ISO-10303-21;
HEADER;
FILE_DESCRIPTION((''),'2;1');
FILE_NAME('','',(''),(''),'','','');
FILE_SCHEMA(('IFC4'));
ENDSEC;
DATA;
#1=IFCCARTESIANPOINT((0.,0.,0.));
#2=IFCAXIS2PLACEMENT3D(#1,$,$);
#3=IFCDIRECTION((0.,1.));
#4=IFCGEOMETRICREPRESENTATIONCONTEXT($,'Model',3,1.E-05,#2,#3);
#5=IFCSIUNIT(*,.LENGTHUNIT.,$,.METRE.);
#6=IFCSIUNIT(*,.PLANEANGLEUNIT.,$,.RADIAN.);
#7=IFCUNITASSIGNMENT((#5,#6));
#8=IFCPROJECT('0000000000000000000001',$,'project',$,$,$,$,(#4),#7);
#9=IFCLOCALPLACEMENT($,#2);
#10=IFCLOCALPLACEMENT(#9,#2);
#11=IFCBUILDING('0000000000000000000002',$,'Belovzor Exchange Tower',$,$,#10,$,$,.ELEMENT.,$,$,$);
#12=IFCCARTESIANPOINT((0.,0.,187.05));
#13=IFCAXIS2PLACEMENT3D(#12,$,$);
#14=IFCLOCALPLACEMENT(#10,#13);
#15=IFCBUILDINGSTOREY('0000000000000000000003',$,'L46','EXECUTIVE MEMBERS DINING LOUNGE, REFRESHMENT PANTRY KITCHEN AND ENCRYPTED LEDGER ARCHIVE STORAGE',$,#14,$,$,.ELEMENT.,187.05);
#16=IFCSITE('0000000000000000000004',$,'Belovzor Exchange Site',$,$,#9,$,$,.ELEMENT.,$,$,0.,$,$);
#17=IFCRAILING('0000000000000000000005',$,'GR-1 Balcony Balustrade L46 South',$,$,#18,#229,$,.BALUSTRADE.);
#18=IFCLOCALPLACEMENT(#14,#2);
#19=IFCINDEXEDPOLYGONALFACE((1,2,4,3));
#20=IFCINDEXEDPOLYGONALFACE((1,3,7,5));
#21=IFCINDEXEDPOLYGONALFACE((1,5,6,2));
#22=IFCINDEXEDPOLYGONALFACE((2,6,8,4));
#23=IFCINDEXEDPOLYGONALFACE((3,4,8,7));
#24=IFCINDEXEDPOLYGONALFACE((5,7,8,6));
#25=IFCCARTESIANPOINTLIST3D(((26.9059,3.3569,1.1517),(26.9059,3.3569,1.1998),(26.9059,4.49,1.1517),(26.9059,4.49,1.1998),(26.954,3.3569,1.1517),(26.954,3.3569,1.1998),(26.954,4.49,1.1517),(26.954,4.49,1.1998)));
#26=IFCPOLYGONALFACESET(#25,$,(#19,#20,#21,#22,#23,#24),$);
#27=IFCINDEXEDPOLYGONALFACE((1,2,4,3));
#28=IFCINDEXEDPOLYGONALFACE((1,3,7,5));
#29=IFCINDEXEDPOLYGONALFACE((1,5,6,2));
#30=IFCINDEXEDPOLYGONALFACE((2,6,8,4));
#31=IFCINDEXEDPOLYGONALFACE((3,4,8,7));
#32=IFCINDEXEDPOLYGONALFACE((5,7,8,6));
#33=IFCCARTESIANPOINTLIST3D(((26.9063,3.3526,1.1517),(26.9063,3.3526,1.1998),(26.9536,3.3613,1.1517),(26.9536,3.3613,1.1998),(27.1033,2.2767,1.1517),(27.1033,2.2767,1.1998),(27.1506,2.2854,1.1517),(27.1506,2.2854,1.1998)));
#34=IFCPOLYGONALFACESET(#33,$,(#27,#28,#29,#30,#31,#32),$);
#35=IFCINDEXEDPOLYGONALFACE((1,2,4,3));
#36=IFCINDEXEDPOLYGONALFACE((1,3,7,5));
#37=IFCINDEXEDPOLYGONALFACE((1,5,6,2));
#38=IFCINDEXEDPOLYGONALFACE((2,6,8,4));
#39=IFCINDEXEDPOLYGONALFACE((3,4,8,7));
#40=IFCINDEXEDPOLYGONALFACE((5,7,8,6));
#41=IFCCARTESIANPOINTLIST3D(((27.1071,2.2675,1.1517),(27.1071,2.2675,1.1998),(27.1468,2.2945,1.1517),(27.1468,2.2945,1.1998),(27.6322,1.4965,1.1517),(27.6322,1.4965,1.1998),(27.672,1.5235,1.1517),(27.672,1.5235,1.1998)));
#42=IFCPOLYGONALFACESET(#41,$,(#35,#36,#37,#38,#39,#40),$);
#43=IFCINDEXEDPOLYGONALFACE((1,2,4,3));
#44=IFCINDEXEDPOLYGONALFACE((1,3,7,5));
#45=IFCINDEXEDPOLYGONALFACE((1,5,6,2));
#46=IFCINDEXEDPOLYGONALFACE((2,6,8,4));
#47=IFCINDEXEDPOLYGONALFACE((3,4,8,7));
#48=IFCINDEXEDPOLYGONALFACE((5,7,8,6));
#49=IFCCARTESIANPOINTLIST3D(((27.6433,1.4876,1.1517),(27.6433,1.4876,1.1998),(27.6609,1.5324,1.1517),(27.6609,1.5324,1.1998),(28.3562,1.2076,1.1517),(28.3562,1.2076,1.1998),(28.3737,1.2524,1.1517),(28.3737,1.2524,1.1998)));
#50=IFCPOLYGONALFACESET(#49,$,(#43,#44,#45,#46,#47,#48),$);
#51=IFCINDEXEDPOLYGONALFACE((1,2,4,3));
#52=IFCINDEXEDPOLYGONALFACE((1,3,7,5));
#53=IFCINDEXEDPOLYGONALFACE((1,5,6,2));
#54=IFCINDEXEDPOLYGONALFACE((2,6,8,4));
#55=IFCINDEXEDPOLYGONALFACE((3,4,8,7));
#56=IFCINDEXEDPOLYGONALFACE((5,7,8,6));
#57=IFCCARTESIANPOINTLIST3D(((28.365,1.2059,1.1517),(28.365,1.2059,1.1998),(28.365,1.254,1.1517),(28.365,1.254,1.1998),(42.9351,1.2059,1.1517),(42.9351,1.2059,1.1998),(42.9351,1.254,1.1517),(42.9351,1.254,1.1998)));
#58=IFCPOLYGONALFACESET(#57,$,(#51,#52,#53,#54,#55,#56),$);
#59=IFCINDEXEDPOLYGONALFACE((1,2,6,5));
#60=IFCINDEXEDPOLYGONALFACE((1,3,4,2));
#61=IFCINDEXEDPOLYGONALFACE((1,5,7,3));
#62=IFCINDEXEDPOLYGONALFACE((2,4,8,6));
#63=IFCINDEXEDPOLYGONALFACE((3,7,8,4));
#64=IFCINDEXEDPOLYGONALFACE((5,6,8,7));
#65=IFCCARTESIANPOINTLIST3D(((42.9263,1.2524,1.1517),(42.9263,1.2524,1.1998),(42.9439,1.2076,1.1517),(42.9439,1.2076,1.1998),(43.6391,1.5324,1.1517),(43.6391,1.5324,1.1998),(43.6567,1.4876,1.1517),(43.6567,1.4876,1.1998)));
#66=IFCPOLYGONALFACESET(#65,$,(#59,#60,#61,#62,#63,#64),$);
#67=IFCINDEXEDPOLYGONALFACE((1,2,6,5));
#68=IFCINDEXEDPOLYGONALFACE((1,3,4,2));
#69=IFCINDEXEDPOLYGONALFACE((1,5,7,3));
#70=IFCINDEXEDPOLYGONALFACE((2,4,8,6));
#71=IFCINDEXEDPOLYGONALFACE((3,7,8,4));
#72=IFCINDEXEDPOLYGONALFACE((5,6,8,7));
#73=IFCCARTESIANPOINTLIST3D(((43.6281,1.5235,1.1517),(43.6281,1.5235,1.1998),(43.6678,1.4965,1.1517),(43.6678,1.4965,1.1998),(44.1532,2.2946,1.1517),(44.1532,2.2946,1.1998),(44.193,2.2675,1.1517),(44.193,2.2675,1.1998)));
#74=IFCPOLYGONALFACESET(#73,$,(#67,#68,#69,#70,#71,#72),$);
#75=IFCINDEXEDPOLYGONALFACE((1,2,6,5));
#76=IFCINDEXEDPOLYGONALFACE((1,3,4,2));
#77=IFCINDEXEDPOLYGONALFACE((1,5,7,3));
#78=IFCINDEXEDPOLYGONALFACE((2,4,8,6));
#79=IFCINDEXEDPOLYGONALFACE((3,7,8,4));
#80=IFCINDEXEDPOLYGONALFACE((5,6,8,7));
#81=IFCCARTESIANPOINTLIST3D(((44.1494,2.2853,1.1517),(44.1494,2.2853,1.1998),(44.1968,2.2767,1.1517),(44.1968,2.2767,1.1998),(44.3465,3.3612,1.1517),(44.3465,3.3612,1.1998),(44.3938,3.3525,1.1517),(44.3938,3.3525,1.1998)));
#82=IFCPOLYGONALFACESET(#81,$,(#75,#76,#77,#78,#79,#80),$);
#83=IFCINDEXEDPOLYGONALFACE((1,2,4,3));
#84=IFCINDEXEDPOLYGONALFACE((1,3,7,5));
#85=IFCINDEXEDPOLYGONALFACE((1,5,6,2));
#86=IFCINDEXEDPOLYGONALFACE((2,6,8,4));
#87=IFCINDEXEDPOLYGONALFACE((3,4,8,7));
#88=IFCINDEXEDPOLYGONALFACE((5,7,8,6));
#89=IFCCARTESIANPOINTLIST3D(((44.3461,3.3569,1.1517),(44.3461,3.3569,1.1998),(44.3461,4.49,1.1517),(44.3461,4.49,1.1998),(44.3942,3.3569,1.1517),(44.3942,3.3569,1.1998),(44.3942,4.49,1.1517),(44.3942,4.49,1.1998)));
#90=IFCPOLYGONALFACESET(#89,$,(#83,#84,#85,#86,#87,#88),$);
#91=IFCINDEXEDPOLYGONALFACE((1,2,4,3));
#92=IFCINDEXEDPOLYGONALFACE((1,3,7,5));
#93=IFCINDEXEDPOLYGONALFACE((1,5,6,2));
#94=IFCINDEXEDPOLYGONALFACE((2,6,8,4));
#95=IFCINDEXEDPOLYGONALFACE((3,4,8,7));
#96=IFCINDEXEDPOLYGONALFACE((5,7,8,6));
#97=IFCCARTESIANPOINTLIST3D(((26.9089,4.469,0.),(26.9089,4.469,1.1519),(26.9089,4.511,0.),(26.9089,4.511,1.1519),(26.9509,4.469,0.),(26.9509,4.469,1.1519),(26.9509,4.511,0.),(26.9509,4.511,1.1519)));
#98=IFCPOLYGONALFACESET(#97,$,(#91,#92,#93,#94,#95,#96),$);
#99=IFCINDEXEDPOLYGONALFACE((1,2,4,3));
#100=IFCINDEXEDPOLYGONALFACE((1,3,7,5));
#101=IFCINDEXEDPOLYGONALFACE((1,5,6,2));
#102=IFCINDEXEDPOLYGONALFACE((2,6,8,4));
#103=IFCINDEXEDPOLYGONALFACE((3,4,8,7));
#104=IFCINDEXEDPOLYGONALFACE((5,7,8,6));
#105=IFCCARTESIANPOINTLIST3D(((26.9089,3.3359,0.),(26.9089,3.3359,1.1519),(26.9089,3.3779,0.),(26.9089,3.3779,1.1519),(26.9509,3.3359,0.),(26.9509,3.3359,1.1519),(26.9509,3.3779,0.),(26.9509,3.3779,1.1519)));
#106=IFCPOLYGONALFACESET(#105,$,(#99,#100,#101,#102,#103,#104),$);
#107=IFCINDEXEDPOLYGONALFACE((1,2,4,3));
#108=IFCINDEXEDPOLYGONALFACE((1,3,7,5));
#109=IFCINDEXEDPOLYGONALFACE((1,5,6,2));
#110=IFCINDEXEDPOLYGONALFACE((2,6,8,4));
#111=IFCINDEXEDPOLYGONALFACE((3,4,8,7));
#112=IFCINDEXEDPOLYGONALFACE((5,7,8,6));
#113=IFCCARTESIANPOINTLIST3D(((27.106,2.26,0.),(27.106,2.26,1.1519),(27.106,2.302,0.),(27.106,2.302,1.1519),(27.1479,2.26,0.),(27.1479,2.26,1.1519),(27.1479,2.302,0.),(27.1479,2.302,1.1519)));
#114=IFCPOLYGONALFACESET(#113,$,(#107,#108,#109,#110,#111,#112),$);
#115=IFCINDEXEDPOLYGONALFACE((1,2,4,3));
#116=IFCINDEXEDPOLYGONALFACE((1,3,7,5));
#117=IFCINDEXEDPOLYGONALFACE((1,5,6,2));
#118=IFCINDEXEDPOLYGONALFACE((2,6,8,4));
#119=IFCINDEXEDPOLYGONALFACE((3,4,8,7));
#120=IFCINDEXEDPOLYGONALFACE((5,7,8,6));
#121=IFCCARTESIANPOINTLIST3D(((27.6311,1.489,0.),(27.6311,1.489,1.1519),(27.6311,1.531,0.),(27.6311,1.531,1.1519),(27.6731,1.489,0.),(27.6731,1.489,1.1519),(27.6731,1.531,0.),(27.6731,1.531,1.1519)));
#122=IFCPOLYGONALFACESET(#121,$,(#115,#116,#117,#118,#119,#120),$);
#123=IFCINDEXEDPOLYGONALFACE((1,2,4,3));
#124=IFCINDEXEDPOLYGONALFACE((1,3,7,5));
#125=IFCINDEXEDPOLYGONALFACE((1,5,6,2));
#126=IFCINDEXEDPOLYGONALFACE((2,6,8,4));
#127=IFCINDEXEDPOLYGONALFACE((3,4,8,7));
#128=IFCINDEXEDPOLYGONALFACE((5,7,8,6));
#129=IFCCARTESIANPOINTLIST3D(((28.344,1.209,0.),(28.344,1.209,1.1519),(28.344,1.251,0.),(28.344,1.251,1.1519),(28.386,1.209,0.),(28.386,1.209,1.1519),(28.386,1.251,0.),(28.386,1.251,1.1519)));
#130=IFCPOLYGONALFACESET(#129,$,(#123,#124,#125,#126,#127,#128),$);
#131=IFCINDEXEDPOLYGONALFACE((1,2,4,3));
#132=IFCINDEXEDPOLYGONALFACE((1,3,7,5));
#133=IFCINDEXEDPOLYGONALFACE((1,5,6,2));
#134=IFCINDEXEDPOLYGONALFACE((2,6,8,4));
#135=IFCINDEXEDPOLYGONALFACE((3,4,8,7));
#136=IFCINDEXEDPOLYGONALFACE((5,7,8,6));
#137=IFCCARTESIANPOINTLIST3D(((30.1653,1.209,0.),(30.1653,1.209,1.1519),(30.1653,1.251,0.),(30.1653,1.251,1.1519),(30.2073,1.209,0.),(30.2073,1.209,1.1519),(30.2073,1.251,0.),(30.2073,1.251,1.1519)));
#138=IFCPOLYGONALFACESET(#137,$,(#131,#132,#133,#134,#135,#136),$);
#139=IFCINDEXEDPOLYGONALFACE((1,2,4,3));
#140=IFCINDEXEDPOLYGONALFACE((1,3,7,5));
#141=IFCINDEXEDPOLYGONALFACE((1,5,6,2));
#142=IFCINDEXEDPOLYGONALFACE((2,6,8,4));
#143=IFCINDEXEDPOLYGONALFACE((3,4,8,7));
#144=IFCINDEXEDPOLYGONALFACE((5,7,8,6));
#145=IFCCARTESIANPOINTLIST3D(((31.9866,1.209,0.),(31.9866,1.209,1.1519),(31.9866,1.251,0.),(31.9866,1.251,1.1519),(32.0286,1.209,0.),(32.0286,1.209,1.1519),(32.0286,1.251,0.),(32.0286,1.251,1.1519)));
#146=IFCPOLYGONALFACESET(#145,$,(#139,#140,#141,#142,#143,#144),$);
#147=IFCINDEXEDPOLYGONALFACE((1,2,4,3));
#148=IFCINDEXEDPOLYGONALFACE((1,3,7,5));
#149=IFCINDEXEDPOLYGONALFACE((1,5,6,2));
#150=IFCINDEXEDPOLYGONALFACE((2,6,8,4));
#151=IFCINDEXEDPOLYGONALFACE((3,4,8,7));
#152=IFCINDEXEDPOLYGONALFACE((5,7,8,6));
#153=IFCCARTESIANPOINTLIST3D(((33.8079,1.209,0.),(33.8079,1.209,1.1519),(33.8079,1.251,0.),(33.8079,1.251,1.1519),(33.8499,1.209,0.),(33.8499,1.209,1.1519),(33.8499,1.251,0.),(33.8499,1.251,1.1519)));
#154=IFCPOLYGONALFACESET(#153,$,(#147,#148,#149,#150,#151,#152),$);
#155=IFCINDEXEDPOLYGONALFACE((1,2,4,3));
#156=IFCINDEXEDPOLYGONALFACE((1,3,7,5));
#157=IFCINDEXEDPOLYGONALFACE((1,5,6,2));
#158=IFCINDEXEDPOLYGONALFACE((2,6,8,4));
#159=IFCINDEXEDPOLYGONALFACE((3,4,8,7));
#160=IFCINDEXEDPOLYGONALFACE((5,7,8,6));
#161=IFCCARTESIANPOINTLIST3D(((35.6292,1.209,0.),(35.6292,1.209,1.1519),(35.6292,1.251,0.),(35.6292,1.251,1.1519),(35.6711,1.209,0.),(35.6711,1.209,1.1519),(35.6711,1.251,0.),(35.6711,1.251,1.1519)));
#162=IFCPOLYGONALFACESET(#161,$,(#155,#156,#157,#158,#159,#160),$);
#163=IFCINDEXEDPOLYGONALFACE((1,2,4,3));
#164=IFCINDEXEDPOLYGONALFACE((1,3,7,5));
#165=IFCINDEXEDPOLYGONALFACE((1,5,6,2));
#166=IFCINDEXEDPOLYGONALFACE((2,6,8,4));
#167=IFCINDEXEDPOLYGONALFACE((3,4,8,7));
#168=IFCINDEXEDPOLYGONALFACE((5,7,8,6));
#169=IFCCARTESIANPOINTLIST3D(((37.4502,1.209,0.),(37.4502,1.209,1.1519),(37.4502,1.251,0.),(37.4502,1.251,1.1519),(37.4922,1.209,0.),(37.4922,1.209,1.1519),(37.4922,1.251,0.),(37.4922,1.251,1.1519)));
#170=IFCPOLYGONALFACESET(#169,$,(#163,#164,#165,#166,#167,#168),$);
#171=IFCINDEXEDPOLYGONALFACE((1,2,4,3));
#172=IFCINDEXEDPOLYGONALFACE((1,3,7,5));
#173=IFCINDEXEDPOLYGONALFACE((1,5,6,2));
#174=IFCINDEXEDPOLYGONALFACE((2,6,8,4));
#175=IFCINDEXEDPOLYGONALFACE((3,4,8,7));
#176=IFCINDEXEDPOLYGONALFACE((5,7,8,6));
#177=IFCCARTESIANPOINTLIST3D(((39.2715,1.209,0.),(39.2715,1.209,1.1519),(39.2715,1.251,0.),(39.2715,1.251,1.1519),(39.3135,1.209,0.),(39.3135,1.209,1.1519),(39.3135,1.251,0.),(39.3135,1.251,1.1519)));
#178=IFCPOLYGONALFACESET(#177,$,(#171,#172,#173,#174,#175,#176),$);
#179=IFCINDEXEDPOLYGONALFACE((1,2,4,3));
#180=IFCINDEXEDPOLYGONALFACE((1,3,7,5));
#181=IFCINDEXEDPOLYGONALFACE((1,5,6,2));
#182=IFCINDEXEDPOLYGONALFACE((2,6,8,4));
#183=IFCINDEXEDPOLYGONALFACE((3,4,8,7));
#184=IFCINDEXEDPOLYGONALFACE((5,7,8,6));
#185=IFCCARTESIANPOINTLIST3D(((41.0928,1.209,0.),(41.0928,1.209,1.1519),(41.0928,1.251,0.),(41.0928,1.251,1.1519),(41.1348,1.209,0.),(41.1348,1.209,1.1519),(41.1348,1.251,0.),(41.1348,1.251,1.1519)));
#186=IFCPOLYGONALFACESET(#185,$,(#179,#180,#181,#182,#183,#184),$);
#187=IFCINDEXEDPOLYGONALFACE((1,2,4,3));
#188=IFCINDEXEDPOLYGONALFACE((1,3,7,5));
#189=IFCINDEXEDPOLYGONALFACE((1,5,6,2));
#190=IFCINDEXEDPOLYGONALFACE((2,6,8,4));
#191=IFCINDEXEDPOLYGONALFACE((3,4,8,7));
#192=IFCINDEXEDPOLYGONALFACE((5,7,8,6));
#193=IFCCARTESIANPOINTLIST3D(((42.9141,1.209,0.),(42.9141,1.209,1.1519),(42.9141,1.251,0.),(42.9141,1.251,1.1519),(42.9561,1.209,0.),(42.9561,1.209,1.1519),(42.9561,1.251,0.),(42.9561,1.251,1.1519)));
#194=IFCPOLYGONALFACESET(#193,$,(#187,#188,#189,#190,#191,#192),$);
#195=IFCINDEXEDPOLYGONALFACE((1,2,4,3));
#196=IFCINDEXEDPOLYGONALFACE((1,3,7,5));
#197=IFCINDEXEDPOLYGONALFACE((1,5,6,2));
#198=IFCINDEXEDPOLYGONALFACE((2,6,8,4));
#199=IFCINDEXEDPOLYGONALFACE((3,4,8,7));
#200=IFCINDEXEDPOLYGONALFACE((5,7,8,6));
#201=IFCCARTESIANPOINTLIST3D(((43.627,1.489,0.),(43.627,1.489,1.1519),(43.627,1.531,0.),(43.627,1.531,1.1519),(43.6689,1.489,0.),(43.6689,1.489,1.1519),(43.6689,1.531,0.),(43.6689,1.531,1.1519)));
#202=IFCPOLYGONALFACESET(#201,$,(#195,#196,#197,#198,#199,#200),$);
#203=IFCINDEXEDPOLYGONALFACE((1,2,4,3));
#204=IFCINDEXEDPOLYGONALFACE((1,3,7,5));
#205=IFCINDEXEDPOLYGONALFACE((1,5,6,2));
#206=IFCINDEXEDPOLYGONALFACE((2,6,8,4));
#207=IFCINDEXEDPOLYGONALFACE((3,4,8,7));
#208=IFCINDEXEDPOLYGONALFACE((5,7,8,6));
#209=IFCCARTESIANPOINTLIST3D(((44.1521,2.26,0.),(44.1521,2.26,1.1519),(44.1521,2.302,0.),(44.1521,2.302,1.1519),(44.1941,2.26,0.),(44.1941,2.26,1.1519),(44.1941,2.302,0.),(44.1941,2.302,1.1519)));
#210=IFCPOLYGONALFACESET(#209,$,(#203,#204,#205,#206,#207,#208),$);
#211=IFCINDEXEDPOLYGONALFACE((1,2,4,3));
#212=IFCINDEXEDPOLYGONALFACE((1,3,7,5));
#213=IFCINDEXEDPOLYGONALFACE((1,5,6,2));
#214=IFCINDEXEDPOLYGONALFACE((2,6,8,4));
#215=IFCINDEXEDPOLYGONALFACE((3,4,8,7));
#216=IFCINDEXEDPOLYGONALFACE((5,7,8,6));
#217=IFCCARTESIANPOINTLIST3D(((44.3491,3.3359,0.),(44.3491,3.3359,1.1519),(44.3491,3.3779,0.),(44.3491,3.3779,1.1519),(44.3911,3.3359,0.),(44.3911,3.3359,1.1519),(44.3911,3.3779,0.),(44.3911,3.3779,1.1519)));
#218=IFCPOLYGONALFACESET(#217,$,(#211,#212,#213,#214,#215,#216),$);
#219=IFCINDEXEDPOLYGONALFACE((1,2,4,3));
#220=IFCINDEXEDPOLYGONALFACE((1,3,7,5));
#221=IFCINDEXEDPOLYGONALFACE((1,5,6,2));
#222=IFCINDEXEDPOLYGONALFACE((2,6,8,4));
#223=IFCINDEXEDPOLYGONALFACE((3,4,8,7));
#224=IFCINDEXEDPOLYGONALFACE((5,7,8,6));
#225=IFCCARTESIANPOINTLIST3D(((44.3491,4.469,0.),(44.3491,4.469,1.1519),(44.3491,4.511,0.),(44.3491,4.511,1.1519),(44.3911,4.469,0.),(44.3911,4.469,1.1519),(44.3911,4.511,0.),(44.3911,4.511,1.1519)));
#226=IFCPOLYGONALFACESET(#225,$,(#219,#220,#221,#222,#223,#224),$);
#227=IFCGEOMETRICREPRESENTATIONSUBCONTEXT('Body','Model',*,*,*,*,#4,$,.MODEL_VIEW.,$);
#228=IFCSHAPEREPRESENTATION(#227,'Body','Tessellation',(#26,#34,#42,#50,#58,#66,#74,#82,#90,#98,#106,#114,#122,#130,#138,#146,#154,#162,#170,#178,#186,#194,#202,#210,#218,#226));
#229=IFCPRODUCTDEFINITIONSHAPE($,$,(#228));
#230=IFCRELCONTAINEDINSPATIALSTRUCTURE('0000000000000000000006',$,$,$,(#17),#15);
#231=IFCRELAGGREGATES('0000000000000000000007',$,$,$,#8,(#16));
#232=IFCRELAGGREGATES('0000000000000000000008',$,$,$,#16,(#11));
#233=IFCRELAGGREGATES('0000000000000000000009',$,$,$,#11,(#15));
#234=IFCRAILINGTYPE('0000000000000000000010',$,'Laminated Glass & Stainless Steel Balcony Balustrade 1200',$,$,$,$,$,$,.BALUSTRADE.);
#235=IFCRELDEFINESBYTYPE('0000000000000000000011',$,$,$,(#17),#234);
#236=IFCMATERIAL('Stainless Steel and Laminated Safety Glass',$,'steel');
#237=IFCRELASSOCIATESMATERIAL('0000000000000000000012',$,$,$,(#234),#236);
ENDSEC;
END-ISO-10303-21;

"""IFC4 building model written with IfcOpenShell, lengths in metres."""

from ifc_helpers import new_model, si_unit, direction, frame, origin, origin_2d, place, context, subcontext, project, spatial, rectangle, extrude, material, type_object, element, save


model = new_model("IFC4")

# Units and contexts
model_context = context("Model", 3, precision=1e-05, world=origin(), true_north=direction((0.0, 1.0)))
body_context = subcontext(model_context, "Body", "Model", "MODEL_VIEW")
ifc_project = project(units=[si_unit("LENGTHUNIT", "METRE"), si_unit("PLANEANGLEUNIT", "RADIAN")], contexts=[model_context])

# Site, building, storey
site_placement = place(None, origin())
site = spatial("IfcSite", under=ifc_project, at=site_placement, Name="Belovzor Exchange Site", CompositionType="ELEMENT", RefElevation=0.0)
building_placement = place(site_placement, origin())
building = spatial("IfcBuilding", under=site, at=building_placement, Name="Belovzor Exchange Tower", CompositionType="ELEMENT")
storey_placement = place(building_placement, frame((0.0, 0.0, 187.05)))
storey = spatial("IfcBuildingStorey", under=building, at=storey_placement, Name="L46", Description="EXECUTIVE MEMBERS DINING LOUNGE, REFRESHMENT PANTRY KITCHEN AND ENCRYPTED LEDGER ARCHIVE STORAGE", CompositionType="ELEMENT", Elevation=187.05)

# Railing
ifc_material_1 = material(Name="Stainless Steel and Laminated Safety Glass", Category="steel")
railing_type = type_object("IfcRailingType", Name="Laminated Glass & Stainless Steel Balcony Balustrade 1200", PredefinedType="BALUSTRADE", material=ifc_material_1)
railing_placement = place(storey_placement, frame((26.9299, 4.49, 0.0)))
element("IfcRailing", 1, at=railing_placement, inside=storey, type_object=railing_type, Name="GR-1 Balcony Balustrade L46 South", PredefinedType="BALUSTRADE", context=body_context, shape_type="SweptSolid", body=[
    extrude(rectangle(XDim=0.0481, YDim=0.0481, at=origin_2d()), frame((0.0, 0.0, 1.1758), z_axis=(0.0, -1.0, 0.0), x_axis=(1.0, 0.0, 0.0)), (0.0, 0.0, 1.0), 1.1331),
    extrude(rectangle(XDim=0.0481, YDim=0.0481, at=origin_2d()), frame((0.0, -1.1331, 1.1758), z_axis=(0.180123, -0.983644, 0.0), x_axis=(0.983644, 0.180123, 0.0)), (0.0, 0.0, 1.0), 1.0938),
    extrude(rectangle(XDim=0.0481, YDim=0.0481, at=origin_2d()), frame((0.197, -2.209, 1.1758), z_axis=(0.562947, -0.826493, 0.0), x_axis=(0.826493, 0.562947, 0.0)), (0.0, 0.0, 1.0), 0.9329),
    extrude(rectangle(XDim=0.0481, YDim=0.0481, at=origin_2d()), frame((0.7222, -2.98, 1.1758), z_axis=(0.930767, -0.365613, 0.0), x_axis=(0.365613, 0.930767, 0.0)), (0.0, 0.0, 1.0), 0.7659),
    extrude(rectangle(XDim=0.0481, YDim=0.0481, at=origin_2d()), frame((1.4351, -3.26, 1.1758), z_axis=(1.0, 0.0, 0.0), x_axis=(0.0, 1.0, 0.0)), (0.0, 0.0, 1.0), 14.5701),
    extrude(rectangle(XDim=0.0481, YDim=0.0481, at=origin_2d()), frame((16.0051, -3.26, 1.1758), z_axis=(0.930767, 0.365613, 0.0), x_axis=(-0.365613, 0.930767, 0.0)), (0.0, 0.0, 1.0), 0.7659),
    extrude(rectangle(XDim=0.0481, YDim=0.0481, at=origin_2d()), frame((16.718, -2.98, 1.1758), z_axis=(0.562947, 0.826493, 0.0), x_axis=(-0.826493, 0.562947, 0.0)), (0.0, 0.0, 1.0), 0.9329),
    extrude(rectangle(XDim=0.0481, YDim=0.0481, at=origin_2d()), frame((17.2432, -2.209, 1.1758), z_axis=(0.180123, 0.983644, 0.0), x_axis=(-0.983644, 0.180123, 0.0)), (0.0, 0.0, 1.0), 1.0938),
    extrude(rectangle(XDim=0.0481, YDim=0.0481, at=origin_2d()), frame((17.4402, -1.1331, 1.1758), z_axis=(0.0, 1.0, 0.0), x_axis=(-1.0, 0.0, 0.0)), (0.0, 0.0, 1.0), 1.1331),
    extrude(rectangle(XDim=0.042, YDim=0.042, at=origin_2d()), origin(), (0.0, 0.0, 1.0), 1.1519),
    extrude(rectangle(XDim=0.042, YDim=0.042, at=origin_2d()), frame((0.0, -1.1331, 0.0)), (0.0, 0.0, 1.0), 1.1519),
    extrude(rectangle(XDim=0.042, YDim=0.042, at=origin_2d()), frame((0.197, -2.209, 0.0)), (0.0, 0.0, 1.0), 1.1519),
    extrude(rectangle(XDim=0.042, YDim=0.042, at=origin_2d()), frame((0.7222, -2.98, 0.0)), (0.0, 0.0, 1.0), 1.1519),
    extrude(rectangle(XDim=0.042, YDim=0.042, at=origin_2d()), frame((1.4351, -3.26, 0.0)), (0.0, 0.0, 1.0), 1.1519),
    extrude(rectangle(XDim=0.042, YDim=0.042, at=origin_2d()), frame((3.2563, -3.26, 0.0)), (0.0, 0.0, 1.0), 1.1519),
    extrude(rectangle(XDim=0.042, YDim=0.042, at=origin_2d()), frame((5.0776, -3.26, 0.0)), (0.0, 0.0, 1.0), 1.1519),
    extrude(rectangle(XDim=0.042, YDim=0.042, at=origin_2d()), frame((6.8989, -3.26, 0.0)), (0.0, 0.0, 1.0), 1.1519),
    extrude(rectangle(XDim=0.042, YDim=0.042, at=origin_2d()), frame((8.7202, -3.26, 0.0)), (0.0, 0.0, 1.0), 1.1519),
    extrude(rectangle(XDim=0.042, YDim=0.042, at=origin_2d()), frame((10.5413, -3.26, 0.0)), (0.0, 0.0, 1.0), 1.1519),
    extrude(rectangle(XDim=0.042, YDim=0.042, at=origin_2d()), frame((12.3625, -3.26, 0.0)), (0.0, 0.0, 1.0), 1.1519),
    extrude(rectangle(XDim=0.042, YDim=0.042, at=origin_2d()), frame((14.1838, -3.26, 0.0)), (0.0, 0.0, 1.0), 1.1519),
    extrude(rectangle(XDim=0.042, YDim=0.042, at=origin_2d()), frame((16.0051, -3.26, 0.0)), (0.0, 0.0, 1.0), 1.1519),
    extrude(rectangle(XDim=0.042, YDim=0.042, at=origin_2d()), frame((16.718, -2.98, 0.0)), (0.0, 0.0, 1.0), 1.1519),
    extrude(rectangle(XDim=0.042, YDim=0.042, at=origin_2d()), frame((17.2432, -2.209, 0.0)), (0.0, 0.0, 1.0), 1.1519),
    extrude(rectangle(XDim=0.042, YDim=0.042, at=origin_2d()), frame((17.4402, -1.1331, 0.0)), (0.0, 0.0, 1.0), 1.1519),
    extrude(rectangle(XDim=0.042, YDim=0.042, at=origin_2d()), frame((17.4402, 0.0, 0.0)), (0.0, 0.0, 1.0), 1.1519),
])

save(model, "model.ifc")
